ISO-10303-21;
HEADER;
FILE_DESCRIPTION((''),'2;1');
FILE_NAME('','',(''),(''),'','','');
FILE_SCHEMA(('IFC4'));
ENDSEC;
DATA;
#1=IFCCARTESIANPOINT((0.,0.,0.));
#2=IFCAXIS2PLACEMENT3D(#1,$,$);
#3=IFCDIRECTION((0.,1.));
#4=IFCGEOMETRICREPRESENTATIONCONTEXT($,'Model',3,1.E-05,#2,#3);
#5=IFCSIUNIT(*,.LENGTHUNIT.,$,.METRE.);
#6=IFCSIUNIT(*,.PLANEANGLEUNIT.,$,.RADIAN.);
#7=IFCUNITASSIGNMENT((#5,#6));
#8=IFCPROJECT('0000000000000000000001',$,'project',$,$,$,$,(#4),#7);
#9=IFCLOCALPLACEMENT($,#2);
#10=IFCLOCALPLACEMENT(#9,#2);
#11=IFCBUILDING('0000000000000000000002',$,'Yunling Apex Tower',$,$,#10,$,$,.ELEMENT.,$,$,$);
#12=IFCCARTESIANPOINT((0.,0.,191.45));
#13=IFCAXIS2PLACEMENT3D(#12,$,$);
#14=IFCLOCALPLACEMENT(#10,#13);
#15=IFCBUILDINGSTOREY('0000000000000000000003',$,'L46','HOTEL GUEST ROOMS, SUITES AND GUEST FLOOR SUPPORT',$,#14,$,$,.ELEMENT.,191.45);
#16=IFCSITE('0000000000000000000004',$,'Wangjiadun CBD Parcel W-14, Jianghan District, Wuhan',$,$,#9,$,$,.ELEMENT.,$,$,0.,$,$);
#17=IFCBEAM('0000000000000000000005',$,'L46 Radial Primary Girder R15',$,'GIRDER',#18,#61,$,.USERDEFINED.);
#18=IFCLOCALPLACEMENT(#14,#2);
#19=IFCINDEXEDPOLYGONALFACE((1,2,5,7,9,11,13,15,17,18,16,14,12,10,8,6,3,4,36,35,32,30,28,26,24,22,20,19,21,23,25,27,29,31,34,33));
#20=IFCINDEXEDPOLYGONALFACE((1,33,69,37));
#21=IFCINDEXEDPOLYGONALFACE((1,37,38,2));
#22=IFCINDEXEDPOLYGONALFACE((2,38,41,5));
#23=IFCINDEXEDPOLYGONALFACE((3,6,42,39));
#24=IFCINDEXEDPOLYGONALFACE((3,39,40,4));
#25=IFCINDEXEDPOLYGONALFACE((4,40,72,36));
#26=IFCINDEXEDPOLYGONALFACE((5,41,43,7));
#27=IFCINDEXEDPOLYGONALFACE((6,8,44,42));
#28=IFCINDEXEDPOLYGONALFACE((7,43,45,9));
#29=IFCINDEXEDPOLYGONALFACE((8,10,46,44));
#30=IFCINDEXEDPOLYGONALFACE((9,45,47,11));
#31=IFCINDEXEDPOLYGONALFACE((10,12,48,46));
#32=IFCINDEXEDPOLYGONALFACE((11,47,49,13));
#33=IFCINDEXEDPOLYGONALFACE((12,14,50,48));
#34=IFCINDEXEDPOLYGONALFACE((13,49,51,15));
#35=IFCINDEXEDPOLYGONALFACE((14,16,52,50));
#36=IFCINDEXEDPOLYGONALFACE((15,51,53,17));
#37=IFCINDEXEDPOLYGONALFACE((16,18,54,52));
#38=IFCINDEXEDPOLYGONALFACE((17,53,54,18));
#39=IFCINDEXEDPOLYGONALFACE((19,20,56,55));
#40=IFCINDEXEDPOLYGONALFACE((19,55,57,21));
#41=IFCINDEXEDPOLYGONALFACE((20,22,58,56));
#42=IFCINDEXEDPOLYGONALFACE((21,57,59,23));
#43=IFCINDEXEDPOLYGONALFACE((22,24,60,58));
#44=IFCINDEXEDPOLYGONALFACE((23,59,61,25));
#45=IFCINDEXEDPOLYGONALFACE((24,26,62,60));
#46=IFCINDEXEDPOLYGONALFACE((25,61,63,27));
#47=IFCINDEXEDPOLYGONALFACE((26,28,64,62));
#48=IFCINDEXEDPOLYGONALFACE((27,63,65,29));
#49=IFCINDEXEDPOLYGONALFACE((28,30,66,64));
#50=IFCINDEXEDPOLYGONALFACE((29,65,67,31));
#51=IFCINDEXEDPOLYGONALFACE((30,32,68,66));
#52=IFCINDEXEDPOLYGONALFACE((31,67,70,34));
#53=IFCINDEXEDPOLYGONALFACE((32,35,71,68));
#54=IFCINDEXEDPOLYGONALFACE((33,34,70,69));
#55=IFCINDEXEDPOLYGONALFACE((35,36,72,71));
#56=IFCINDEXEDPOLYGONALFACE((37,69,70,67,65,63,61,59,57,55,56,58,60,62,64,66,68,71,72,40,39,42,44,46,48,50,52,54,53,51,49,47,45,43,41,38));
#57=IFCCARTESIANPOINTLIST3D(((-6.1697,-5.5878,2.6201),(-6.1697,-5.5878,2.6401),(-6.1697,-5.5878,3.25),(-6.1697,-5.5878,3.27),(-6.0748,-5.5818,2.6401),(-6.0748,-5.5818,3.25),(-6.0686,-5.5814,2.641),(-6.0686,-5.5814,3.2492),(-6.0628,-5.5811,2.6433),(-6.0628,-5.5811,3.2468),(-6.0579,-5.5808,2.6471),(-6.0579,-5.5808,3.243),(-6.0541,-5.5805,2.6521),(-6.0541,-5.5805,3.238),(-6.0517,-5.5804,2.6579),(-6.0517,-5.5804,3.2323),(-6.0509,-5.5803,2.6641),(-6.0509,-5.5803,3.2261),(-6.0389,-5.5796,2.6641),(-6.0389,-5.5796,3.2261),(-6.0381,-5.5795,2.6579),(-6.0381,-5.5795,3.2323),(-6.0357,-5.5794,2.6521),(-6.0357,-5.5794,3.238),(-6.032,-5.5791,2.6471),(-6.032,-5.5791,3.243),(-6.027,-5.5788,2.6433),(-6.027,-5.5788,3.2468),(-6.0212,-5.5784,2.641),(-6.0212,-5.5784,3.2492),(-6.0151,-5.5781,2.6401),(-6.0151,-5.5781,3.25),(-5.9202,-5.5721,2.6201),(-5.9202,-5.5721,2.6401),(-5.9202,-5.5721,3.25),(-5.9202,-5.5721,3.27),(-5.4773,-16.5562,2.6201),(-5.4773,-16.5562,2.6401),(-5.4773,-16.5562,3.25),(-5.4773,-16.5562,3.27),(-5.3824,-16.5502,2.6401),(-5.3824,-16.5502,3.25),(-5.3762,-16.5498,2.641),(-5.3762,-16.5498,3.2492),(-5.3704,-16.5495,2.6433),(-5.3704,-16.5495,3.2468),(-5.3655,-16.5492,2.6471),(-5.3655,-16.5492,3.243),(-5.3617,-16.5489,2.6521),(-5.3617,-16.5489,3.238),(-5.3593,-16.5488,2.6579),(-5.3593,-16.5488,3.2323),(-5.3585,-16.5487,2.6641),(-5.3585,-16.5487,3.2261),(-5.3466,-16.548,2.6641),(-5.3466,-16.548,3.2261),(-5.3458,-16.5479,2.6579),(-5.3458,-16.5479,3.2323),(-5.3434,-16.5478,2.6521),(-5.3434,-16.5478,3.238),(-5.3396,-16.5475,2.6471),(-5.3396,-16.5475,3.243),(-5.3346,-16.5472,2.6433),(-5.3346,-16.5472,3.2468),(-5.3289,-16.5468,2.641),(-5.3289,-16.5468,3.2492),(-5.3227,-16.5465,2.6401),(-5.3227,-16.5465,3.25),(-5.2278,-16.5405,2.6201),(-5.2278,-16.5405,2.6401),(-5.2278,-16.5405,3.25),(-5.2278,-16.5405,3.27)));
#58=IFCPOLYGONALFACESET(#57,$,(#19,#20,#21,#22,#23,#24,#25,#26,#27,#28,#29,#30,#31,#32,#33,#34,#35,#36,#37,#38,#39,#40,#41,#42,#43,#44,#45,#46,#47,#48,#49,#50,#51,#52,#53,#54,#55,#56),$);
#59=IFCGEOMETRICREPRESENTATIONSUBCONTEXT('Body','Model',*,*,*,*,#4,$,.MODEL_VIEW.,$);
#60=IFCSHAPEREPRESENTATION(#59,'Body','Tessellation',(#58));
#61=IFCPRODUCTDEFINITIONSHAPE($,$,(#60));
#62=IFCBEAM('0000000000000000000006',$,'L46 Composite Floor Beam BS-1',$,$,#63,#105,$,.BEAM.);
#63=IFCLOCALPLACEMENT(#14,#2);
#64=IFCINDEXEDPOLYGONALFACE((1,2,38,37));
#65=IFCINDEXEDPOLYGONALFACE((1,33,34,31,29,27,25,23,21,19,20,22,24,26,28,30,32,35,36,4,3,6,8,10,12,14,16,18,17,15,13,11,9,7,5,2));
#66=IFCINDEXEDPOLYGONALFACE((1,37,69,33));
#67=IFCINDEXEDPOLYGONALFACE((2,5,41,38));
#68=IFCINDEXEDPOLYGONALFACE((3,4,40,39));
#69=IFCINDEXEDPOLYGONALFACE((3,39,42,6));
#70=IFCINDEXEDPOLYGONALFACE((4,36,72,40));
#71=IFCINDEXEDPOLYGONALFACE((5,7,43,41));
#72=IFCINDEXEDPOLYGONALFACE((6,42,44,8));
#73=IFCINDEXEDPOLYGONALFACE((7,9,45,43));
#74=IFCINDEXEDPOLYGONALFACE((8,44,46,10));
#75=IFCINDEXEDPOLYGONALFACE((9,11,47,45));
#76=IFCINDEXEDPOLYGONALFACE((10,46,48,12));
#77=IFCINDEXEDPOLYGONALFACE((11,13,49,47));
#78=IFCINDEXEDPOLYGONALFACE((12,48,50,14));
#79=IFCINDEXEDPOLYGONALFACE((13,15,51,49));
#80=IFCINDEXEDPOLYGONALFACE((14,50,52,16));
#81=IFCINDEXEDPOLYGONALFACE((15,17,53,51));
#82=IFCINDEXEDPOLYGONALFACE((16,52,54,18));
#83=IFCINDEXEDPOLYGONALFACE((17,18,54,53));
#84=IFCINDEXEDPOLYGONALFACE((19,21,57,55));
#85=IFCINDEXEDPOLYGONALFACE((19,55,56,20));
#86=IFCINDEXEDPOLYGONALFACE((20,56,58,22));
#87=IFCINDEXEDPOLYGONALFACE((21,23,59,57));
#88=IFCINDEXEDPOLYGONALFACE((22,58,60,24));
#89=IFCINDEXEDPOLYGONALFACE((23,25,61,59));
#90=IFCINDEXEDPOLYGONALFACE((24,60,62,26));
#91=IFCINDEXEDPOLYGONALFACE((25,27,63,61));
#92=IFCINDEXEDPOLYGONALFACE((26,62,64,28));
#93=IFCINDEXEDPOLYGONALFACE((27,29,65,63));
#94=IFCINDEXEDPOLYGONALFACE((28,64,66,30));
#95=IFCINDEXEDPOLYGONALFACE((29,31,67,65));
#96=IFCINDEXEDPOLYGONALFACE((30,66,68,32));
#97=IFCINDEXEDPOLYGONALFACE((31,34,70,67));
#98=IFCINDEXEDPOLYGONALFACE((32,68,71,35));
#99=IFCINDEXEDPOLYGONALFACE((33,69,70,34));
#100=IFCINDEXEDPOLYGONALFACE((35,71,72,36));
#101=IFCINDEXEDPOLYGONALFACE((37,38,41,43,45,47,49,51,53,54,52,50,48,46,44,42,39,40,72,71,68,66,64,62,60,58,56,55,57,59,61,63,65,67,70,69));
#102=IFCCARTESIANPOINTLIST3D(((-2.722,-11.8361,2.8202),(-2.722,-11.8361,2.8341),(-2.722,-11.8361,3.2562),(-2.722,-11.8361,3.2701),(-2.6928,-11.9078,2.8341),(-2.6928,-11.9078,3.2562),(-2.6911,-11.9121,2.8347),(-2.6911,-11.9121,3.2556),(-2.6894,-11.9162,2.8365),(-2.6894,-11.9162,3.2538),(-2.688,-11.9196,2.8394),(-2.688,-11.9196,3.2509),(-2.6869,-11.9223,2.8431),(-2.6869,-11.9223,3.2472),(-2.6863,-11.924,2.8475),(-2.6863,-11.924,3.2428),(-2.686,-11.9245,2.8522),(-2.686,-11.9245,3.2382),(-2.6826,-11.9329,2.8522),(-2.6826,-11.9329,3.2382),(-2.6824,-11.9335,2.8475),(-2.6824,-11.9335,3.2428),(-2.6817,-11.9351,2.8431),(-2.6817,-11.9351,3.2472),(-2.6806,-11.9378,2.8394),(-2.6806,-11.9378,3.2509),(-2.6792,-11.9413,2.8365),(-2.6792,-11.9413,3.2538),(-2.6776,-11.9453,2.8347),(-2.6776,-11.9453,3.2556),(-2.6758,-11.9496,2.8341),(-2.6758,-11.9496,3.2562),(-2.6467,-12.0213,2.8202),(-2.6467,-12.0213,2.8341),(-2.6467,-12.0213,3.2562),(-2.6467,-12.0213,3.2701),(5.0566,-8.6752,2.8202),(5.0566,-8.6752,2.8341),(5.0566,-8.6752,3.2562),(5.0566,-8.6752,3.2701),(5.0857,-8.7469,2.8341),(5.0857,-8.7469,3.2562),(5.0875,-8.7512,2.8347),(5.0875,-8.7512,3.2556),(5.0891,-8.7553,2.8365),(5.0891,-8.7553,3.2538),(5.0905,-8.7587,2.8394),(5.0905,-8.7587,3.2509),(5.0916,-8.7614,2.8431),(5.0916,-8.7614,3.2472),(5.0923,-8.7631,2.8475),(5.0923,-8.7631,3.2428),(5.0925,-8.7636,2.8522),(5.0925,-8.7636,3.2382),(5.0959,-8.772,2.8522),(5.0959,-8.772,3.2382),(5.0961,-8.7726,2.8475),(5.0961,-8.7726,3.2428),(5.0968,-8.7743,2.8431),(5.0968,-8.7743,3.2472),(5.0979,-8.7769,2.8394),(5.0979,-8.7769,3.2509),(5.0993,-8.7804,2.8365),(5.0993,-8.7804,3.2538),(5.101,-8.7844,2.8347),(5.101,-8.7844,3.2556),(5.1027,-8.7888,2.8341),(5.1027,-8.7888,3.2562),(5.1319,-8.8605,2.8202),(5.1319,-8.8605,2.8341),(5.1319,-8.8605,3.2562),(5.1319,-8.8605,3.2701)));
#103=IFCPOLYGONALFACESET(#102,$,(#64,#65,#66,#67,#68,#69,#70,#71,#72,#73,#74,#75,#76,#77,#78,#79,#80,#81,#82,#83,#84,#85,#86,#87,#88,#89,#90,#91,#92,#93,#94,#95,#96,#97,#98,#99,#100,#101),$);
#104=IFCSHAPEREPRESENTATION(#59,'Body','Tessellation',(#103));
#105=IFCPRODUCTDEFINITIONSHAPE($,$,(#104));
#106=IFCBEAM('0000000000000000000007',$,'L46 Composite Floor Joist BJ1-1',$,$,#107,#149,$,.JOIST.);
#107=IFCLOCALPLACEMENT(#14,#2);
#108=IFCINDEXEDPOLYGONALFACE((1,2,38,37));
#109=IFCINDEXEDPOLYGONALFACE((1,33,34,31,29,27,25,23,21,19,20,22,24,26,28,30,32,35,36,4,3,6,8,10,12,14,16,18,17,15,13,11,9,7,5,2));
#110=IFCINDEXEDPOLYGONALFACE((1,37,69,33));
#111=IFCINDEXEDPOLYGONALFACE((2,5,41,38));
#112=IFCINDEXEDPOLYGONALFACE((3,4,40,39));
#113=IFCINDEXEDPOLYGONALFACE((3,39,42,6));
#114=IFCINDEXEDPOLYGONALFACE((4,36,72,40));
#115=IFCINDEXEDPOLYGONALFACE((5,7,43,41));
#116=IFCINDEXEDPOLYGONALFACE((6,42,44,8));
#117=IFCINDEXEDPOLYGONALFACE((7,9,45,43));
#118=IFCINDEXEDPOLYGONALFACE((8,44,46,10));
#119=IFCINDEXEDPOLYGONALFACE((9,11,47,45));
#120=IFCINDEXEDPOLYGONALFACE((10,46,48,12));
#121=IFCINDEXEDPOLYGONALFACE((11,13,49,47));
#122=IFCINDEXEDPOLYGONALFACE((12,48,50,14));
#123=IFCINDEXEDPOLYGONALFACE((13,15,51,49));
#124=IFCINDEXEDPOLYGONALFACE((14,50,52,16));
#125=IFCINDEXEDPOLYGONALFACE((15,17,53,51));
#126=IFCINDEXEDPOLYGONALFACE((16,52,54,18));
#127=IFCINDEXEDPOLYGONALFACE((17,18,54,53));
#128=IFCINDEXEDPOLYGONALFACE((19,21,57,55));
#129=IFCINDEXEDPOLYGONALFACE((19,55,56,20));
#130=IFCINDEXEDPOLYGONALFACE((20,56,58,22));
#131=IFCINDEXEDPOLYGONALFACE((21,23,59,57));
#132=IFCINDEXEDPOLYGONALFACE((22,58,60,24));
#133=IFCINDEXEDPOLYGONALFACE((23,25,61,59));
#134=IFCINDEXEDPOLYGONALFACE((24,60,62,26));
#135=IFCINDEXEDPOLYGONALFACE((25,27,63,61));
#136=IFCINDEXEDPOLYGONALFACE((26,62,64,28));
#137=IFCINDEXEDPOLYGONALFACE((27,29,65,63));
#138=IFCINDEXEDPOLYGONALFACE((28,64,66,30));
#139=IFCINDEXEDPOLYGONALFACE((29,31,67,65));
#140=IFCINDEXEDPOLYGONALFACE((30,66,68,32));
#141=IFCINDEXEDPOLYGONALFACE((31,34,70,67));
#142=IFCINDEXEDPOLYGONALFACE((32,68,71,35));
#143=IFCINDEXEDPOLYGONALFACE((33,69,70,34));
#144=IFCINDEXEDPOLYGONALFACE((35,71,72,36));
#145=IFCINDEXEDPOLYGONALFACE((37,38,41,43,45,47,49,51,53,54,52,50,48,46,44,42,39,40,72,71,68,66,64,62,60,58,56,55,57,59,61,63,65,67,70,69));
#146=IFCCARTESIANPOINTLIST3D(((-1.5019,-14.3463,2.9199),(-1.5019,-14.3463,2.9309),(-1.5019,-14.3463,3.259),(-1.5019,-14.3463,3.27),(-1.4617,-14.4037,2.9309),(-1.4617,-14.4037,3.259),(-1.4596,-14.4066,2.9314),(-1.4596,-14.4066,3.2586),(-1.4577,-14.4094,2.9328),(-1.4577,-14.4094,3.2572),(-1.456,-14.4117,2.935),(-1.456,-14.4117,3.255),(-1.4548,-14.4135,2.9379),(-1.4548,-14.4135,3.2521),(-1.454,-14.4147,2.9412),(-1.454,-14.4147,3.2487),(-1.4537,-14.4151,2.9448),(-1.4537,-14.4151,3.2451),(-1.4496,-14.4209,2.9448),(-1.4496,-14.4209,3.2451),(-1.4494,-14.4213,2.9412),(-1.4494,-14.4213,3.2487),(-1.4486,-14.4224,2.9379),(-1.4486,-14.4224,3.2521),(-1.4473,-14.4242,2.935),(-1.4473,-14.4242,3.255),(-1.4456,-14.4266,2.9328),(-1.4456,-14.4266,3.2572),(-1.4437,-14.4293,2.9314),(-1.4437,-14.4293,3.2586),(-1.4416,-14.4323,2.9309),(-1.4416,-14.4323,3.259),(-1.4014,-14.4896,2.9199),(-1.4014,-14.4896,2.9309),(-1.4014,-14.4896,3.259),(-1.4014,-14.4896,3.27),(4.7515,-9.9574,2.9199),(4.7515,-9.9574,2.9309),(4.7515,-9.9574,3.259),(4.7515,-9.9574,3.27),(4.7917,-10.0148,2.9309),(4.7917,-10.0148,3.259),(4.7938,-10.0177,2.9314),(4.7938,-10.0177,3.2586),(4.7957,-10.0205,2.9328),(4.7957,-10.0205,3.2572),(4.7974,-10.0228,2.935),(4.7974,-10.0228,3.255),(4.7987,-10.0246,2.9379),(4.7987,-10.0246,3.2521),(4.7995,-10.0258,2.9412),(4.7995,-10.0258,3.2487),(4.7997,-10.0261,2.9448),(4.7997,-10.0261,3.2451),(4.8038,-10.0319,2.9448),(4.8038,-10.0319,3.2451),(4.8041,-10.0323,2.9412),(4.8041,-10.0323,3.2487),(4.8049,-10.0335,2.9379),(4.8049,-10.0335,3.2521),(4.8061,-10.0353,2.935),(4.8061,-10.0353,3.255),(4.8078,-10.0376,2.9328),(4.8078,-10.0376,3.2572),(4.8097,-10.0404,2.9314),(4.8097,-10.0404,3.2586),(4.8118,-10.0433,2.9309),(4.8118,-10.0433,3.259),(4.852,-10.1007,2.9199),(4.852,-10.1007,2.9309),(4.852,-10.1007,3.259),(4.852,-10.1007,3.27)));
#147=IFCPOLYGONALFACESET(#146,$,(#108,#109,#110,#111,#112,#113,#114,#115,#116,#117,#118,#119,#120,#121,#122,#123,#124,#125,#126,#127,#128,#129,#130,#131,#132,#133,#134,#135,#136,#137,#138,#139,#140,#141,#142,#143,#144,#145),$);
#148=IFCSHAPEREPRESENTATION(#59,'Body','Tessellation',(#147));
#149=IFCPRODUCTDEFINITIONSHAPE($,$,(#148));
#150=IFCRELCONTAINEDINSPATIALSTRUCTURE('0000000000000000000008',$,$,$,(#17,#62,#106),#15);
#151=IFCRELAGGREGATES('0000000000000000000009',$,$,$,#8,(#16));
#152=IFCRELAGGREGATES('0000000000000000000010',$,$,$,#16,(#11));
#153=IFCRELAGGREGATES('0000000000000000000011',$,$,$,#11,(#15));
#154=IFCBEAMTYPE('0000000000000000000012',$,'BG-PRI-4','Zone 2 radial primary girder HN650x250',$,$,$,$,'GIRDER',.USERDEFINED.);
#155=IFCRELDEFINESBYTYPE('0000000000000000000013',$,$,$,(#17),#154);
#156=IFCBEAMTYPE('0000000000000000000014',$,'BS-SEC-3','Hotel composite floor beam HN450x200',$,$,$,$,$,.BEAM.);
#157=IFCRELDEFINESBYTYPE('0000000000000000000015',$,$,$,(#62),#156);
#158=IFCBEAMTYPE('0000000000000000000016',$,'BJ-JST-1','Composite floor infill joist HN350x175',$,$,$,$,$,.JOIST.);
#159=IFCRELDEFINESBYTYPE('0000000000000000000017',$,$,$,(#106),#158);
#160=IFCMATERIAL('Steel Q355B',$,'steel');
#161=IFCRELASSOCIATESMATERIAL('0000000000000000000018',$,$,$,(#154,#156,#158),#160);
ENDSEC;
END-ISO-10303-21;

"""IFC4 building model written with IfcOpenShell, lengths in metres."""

from ifc_helpers import new_model, si_unit, direction, frame, origin, origin_2d, place, context, subcontext, project, spatial, i_section, extrude, source, transform, mapped, material, material_profile, profile_set, type_object, element, save


model = new_model("IFC4")

# Units and contexts
model_context = context("Model", 3, precision=1e-05, world=origin(), true_north=direction((0.0, 1.0)))
body_context = subcontext(model_context, "Body", "Model", "MODEL_VIEW")
ifc_project = project(units=[si_unit("LENGTHUNIT", "METRE"), si_unit("PLANEANGLEUNIT", "RADIAN")], contexts=[model_context])

# Site, building, storey
site_placement = place(None, origin())
site = spatial("IfcSite", under=ifc_project, at=site_placement, Name="Wangjiadun CBD Parcel W-14, Jianghan District, Wuhan", CompositionType="ELEMENT", RefElevation=0.0)
building_placement = place(site_placement, origin())
building = spatial("IfcBuilding", under=site, at=building_placement, Name="Yunling Apex Tower", CompositionType="ELEMENT")
storey_placement = place(building_placement, frame((0.0, 0.0, 191.45)))
storey = spatial("IfcBuildingStorey", under=building, at=storey_placement, Name="L46", Description="HOTEL GUEST ROOMS, SUITES AND GUEST FLOOR SUPPORT", CompositionType="ELEMENT", Elevation=191.45)

# Beams
ifc_material_1 = material(Name="Steel Q355B", Category="steel")
ifc_material_profile_1 = material_profile(ifc_material_1, i_section(OverallWidth=0.25, OverallDepth=0.6499, WebThickness=0.012, FlangeThickness=0.02, FilletRadius=0.0239, at=origin_2d()))
ifc_profile_set_1 = profile_set([ifc_material_profile_1], Name="Steel Q355B")
beam_type_1 = type_object("IfcBeamType", Name="BG-PRI-4", Description="Zone 2 radial primary girder HN650x250", ElementType="GIRDER", PredefinedType="USERDEFINED", material=ifc_profile_set_1)
shared_shape_1 = source(origin(), body_context, "Body", "SweptSolid", [
    extrude(i_section(OverallWidth=0.25, OverallDepth=0.6499, WebThickness=0.012, FlangeThickness=0.02, FilletRadius=0.0239, at=origin_2d()), origin(), (0.0, 0.0, 1.0), 10.9902),
])
beam_1_placement = place(storey_placement, frame((-5.3525, -16.5483, 2.9451), z_axis=(-0.062999, 0.998014, 0.0), x_axis=(-0.998014, -0.062999, 0.0)))
element("IfcBeam", 1, at=beam_1_placement, inside=storey, type_object=beam_type_1, Name="L46 Radial Primary Girder R15", ObjectType="GIRDER", PredefinedType="USERDEFINED", context=body_context, shape_type="MappedRepresentation", body=[
    mapped(shared_shape_1, transform((0.0, 0.0, 0.0), scale=1.0)),
])
ifc_material_profile_2 = material_profile(ifc_material_1, i_section(OverallWidth=0.2, OverallDepth=0.45, WebThickness=0.009, FlangeThickness=0.0139, FilletRadius=0.0181, at=origin_2d()))
ifc_profile_set_2 = profile_set([ifc_material_profile_2], Name="Steel Q355B")
beam_type_2 = type_object("IfcBeamType", Name="BS-SEC-3", Description="Hotel composite floor beam HN450x200", PredefinedType="BEAM", material=ifc_profile_set_2)
shared_shape_2 = source(origin(), body_context, "Body", "SweptSolid", [
    extrude(i_section(OverallWidth=0.2, OverallDepth=0.45, WebThickness=0.009, FlangeThickness=0.0139, FilletRadius=0.0181, at=origin_2d()), origin(), (0.0, 0.0, 1.0), 8.3962),
])
beam_2_placement = place(storey_placement, frame((-2.6843, -11.9287, 3.0452), z_axis=(0.926431, 0.376464, 0.0), x_axis=(-0.376464, 0.926431, 0.0)))
element("IfcBeam", 2, at=beam_2_placement, inside=storey, type_object=beam_type_2, Name="L46 Composite Floor Beam BS-1", PredefinedType="BEAM", context=body_context, shape_type="MappedRepresentation", body=[
    mapped(shared_shape_2, transform((0.0, 0.0, 0.0), scale=1.0)),
])
ifc_material_profile_3 = material_profile(ifc_material_1, i_section(OverallWidth=0.175, OverallDepth=0.3501, WebThickness=0.0071, FlangeThickness=0.011, FilletRadius=0.0139, at=origin_2d()))
ifc_profile_set_3 = profile_set([ifc_material_profile_3], Name="Steel Q355B")
beam_type_3 = type_object("IfcBeamType", Name="BJ-JST-1", Description="Composite floor infill joist HN350x175", PredefinedType="JOIST", material=ifc_profile_set_3)
shared_shape_3 = source(origin(), body_context, "Body", "SweptSolid", [
    extrude(i_section(OverallWidth=0.175, OverallDepth=0.3501, WebThickness=0.0071, FlangeThickness=0.011, FilletRadius=0.0139, at=origin_2d()), origin(), (0.0, 0.0, 1.0), 7.6399),
])
beam_3_placement = place(storey_placement, frame((-1.4517, -14.418, 3.095), z_axis=(0.818523, 0.574474, 0.0), x_axis=(-0.574474, 0.818523, 0.0)))
element("IfcBeam", 3, at=beam_3_placement, inside=storey, type_object=beam_type_3, Name="L46 Composite Floor Joist BJ1-1", PredefinedType="JOIST", context=body_context, shape_type="MappedRepresentation", body=[
    mapped(shared_shape_3, transform((0.0, 0.0, 0.0), scale=1.0)),
])

save(model, "model.ifc")
